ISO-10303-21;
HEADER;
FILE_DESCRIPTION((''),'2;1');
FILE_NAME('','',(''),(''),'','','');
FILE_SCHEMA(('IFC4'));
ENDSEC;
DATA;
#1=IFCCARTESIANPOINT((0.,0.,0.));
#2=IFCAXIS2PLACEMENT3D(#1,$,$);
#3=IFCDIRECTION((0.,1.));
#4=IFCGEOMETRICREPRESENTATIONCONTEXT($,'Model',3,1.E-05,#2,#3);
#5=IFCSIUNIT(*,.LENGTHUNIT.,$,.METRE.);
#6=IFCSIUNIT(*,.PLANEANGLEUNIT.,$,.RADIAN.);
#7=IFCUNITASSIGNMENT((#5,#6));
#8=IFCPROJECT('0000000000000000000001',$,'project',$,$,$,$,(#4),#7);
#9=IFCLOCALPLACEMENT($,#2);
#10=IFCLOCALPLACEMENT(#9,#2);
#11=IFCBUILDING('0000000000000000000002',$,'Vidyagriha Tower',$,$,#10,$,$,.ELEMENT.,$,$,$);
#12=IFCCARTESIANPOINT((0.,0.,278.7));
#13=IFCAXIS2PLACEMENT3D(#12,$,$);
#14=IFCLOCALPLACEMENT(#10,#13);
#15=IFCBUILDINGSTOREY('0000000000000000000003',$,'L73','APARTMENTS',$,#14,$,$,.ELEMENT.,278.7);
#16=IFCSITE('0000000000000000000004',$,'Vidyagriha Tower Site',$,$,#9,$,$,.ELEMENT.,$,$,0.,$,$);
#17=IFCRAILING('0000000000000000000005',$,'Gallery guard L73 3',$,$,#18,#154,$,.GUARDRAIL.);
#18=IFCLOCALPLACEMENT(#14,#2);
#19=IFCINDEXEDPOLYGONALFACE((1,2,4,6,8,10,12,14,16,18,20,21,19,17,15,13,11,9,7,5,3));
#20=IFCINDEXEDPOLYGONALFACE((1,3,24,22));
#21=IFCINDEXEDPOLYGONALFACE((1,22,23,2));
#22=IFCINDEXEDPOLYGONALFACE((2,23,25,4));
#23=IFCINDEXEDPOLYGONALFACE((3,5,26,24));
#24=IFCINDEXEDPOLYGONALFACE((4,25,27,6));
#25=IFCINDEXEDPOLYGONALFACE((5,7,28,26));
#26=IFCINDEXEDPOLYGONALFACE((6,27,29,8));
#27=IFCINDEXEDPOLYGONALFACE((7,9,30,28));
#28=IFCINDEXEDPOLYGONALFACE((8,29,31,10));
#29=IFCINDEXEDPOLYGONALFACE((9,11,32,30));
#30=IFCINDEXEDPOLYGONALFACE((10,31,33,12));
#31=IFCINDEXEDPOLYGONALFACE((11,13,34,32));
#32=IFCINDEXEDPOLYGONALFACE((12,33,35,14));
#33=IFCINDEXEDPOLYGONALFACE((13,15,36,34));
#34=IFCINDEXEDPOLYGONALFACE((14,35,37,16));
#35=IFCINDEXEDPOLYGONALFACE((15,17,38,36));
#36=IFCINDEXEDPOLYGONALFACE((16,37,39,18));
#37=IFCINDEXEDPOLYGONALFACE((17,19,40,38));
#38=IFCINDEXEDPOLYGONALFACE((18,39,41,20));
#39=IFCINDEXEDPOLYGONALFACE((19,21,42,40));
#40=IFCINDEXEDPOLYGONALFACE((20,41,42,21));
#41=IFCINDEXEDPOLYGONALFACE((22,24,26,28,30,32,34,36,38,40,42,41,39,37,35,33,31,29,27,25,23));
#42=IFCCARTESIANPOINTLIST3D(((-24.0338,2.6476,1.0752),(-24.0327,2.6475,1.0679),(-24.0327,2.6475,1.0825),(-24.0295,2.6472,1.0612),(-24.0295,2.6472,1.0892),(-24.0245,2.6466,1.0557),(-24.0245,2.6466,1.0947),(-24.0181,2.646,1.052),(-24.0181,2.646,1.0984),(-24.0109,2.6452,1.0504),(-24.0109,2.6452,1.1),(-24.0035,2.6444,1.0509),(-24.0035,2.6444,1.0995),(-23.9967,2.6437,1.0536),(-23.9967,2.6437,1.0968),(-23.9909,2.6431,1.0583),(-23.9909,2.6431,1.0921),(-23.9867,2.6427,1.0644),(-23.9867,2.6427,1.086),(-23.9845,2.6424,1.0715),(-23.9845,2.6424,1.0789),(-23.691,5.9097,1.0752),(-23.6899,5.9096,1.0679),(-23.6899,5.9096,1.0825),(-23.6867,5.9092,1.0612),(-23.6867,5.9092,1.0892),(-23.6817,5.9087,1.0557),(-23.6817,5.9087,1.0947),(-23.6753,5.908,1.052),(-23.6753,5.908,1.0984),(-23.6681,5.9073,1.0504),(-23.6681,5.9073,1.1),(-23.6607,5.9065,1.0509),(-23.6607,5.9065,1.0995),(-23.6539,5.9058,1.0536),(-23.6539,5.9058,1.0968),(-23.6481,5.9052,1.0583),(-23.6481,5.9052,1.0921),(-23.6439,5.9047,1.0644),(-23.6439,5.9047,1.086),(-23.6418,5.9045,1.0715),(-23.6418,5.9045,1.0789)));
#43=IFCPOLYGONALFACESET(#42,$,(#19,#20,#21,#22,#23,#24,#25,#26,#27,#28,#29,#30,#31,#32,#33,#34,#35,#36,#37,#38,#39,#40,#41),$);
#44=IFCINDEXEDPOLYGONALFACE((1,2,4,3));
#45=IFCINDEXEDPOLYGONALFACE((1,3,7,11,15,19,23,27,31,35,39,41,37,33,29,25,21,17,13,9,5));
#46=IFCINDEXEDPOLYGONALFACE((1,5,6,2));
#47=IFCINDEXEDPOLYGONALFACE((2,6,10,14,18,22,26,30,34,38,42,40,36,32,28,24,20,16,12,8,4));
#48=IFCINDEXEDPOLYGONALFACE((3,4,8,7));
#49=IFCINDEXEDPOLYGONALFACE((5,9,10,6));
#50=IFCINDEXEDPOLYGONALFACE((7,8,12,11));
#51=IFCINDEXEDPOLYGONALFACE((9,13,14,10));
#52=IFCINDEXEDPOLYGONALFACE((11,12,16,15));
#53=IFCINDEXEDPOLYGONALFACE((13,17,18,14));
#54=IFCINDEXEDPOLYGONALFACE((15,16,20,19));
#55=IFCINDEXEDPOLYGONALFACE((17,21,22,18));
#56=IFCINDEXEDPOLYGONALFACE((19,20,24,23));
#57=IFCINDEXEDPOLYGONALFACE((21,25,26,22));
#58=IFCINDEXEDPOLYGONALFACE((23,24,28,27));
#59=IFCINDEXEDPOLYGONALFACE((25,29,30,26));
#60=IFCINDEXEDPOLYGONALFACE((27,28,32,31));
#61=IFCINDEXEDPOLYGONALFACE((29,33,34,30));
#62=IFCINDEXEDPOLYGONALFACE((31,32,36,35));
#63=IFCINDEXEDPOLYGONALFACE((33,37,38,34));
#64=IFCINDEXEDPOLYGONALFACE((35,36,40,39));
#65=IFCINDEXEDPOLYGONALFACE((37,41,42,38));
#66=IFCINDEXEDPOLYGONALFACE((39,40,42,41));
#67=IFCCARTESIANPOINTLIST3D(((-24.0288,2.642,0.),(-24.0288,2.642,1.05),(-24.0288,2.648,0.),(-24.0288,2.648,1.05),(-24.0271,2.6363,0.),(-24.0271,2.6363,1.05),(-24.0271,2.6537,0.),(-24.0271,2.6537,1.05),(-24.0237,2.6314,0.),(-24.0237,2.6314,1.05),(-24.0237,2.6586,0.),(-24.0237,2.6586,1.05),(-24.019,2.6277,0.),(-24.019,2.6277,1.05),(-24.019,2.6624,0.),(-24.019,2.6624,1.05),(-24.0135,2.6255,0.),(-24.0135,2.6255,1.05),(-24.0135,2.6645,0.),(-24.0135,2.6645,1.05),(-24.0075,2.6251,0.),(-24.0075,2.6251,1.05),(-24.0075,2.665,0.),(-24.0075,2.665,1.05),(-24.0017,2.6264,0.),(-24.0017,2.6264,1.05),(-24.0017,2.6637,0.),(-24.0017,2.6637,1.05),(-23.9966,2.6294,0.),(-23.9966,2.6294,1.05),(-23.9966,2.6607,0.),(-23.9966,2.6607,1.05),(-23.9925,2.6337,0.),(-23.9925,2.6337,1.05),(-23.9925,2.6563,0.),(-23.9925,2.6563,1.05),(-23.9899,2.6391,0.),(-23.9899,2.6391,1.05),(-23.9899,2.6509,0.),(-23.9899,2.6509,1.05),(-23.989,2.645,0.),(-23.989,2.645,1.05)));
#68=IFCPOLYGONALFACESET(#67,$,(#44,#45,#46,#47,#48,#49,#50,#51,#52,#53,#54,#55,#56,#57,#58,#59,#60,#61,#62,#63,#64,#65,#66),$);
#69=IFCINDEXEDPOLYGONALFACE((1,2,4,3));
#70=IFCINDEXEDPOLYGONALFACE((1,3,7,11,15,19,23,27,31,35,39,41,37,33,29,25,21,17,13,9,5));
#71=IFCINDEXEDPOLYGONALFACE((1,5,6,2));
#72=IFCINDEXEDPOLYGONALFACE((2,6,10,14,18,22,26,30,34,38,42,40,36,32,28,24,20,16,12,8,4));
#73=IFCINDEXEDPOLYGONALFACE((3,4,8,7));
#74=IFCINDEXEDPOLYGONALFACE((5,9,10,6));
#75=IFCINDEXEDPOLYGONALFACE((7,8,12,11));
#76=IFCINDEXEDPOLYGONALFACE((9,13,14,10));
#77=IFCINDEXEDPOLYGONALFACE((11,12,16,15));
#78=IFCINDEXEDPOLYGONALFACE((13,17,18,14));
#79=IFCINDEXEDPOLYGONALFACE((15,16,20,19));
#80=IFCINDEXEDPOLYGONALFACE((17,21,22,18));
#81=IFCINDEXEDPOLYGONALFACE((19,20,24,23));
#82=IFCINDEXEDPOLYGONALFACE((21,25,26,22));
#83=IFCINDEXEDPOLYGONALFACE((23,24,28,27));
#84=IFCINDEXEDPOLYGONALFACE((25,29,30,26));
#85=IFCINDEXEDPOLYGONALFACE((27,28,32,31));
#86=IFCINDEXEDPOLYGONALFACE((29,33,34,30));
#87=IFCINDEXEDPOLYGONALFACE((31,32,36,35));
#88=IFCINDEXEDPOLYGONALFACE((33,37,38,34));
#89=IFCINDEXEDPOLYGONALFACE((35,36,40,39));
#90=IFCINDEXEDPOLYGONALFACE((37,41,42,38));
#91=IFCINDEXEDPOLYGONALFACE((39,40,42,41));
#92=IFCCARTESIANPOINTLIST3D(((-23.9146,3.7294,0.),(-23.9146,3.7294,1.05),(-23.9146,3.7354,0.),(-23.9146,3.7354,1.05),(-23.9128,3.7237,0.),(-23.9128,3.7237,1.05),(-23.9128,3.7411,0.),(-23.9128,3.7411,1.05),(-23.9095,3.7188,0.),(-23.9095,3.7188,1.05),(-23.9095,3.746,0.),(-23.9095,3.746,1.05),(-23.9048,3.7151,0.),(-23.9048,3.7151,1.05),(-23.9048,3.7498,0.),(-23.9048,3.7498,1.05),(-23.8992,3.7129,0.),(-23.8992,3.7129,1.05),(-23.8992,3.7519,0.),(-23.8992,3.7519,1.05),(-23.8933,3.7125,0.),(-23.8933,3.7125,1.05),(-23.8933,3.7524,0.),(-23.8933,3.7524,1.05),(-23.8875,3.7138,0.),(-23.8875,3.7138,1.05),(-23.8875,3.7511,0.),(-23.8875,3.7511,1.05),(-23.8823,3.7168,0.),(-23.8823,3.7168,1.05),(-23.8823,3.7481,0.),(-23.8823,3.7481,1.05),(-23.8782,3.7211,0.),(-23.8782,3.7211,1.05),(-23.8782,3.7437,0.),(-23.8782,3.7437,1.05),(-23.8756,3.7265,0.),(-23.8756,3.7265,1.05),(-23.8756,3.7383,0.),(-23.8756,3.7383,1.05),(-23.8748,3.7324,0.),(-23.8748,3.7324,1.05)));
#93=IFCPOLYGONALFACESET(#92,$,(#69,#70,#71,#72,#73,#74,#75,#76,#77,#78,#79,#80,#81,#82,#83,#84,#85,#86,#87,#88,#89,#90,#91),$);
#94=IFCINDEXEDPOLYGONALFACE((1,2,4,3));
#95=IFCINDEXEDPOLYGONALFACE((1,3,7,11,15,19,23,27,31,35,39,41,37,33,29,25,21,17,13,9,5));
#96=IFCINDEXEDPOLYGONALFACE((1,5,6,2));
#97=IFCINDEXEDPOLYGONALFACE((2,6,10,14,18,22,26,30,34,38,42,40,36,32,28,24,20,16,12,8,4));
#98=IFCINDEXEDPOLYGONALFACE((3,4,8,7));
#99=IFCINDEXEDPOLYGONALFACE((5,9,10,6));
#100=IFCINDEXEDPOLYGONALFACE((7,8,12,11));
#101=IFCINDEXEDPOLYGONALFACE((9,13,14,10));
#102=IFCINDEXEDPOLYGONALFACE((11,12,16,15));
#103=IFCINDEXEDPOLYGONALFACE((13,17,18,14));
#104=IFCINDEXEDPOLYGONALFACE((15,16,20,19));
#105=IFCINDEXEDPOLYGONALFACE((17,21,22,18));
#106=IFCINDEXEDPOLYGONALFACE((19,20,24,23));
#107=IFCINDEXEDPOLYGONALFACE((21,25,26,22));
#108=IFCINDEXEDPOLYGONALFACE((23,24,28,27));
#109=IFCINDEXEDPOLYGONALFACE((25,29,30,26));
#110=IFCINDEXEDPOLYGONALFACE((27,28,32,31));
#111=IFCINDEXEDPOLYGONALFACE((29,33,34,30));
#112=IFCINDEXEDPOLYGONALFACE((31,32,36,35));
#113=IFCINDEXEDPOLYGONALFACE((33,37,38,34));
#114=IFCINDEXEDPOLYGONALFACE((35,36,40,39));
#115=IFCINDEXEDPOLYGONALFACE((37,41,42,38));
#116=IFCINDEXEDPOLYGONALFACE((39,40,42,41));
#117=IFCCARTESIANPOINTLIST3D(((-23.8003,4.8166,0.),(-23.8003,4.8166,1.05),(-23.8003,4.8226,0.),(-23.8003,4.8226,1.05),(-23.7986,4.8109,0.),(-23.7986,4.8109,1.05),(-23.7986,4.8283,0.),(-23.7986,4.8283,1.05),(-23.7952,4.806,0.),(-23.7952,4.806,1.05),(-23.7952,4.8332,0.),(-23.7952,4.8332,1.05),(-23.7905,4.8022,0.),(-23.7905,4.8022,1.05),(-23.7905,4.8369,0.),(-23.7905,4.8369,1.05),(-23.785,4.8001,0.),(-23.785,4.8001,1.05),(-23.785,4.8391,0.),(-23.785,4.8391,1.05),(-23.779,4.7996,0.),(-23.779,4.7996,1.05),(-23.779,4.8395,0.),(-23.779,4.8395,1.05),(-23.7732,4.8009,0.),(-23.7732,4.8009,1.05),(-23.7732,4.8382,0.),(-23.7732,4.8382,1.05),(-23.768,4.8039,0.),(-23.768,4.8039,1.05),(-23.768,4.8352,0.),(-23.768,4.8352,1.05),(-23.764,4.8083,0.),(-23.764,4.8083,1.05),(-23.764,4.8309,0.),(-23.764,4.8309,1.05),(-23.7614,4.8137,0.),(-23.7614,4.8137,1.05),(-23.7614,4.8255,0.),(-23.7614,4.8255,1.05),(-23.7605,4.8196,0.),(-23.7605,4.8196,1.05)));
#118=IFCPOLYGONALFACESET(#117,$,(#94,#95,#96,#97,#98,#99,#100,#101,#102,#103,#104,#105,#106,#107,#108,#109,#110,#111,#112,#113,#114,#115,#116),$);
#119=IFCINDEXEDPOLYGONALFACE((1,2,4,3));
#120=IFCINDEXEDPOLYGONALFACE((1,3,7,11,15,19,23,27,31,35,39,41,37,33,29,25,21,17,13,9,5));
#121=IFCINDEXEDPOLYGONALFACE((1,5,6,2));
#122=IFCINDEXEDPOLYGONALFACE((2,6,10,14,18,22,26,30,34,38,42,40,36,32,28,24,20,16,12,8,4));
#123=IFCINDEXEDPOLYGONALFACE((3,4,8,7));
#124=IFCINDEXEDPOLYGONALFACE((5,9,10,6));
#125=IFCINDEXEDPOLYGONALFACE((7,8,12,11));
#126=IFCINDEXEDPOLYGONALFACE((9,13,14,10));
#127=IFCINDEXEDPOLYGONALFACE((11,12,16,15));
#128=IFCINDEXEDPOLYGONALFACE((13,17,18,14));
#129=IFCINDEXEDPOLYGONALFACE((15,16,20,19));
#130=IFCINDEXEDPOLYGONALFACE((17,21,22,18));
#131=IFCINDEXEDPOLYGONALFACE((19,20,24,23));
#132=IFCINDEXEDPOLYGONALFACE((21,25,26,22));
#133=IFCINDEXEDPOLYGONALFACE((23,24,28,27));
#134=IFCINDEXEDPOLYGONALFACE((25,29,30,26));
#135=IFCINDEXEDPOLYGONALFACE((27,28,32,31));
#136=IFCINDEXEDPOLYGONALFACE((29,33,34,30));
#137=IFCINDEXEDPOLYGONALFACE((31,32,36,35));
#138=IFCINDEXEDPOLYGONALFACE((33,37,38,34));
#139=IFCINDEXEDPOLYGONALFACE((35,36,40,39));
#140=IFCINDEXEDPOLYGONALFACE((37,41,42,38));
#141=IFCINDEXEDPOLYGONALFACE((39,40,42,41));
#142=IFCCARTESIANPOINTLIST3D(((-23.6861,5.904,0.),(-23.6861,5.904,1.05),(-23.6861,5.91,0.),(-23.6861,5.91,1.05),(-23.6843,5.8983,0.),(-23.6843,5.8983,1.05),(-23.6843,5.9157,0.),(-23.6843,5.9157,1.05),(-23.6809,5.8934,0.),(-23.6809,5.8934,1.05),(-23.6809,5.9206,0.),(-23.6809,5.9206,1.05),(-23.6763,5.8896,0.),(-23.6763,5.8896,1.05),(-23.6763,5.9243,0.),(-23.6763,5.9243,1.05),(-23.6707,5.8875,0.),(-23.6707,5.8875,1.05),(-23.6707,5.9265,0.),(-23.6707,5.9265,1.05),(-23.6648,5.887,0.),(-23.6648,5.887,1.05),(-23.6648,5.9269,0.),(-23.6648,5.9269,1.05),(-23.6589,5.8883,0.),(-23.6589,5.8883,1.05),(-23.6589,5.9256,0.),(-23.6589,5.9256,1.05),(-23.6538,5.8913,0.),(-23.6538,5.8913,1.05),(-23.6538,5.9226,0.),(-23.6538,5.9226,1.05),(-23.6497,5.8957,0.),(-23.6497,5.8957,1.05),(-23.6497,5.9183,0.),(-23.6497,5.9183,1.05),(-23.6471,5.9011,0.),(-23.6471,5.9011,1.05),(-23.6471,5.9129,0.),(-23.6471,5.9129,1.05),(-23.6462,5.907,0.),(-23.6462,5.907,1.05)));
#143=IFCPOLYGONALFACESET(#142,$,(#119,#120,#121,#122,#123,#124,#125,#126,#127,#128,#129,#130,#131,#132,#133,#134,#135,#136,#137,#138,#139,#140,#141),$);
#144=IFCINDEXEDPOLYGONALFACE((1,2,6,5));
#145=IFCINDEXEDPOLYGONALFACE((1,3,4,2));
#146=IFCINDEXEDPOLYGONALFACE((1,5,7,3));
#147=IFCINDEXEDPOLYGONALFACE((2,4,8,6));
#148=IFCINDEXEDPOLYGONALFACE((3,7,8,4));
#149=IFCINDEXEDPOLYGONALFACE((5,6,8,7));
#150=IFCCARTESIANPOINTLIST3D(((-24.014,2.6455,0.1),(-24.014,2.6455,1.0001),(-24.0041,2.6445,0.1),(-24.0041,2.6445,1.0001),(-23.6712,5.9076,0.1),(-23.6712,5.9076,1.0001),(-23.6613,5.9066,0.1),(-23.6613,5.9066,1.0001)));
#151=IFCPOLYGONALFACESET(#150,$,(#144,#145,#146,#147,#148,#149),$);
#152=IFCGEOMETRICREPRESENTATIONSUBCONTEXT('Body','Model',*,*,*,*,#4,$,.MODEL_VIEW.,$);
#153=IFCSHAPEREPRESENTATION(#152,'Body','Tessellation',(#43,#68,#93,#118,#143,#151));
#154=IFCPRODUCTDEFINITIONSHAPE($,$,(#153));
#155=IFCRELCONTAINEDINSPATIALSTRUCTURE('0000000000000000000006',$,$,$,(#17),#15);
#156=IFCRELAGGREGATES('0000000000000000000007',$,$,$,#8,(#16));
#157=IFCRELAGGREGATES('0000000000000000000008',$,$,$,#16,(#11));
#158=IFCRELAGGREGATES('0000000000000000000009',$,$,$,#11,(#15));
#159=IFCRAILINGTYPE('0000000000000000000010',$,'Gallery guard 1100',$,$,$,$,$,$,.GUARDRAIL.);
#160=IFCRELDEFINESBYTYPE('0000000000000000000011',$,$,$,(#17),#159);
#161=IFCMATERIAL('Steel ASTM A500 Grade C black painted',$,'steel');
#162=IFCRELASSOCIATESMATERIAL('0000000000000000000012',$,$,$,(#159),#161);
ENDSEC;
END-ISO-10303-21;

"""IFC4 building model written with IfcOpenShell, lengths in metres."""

from ifc_helpers import new_model, si_unit, direction, frame, origin, origin_2d, place, context, subcontext, project, spatial, rectangle, circle, extrude, material, type_object, element, save


model = new_model("IFC4")

# Units and contexts
model_context = context("Model", 3, precision=1e-05, world=origin(), true_north=direction((0.0, 1.0)))
body_context = subcontext(model_context, "Body", "Model", "MODEL_VIEW")
ifc_project = project(units=[si_unit("LENGTHUNIT", "METRE"), si_unit("PLANEANGLEUNIT", "RADIAN")], contexts=[model_context])

# Site, building, storey
site_placement = place(None, origin())
site = spatial("IfcSite", under=ifc_project, at=site_placement, Name="Vidyagriha Tower Site", CompositionType="ELEMENT", RefElevation=0.0)
building_placement = place(site_placement, origin())
building = spatial("IfcBuilding", under=site, at=building_placement, Name="Vidyagriha Tower", CompositionType="ELEMENT")
storey_placement = place(building_placement, frame((0.0, 0.0, 278.7)))
storey = spatial("IfcBuildingStorey", under=building, at=storey_placement, Name="L73", Description="APARTMENTS", CompositionType="ELEMENT", Elevation=278.7)

# Railing
ifc_material_1 = material(Name="Steel ASTM A500 Grade C black painted", Category="steel")
railing_type_1 = type_object("IfcRailingType", Name="Gallery guard 1100", PredefinedType="GUARDRAIL", material=ifc_material_1)
railing_1_placement = place(storey_placement, frame((-24.009, 2.645, 0.0)))
element("IfcRailing", 1, at=railing_1_placement, inside=storey, type_object=railing_type_1, Name="Gallery guard L73 3", PredefinedType="GUARDRAIL", context=body_context, shape_type="SweptSolid", body=[
    extrude(circle(Radius=0.0249, at=origin_2d()), frame((0.0, 0.0, 1.0752), z_axis=(0.104507, 0.994524, 0.0), x_axis=(-0.994524, 0.104507, 0.0)), (0.0, 0.0, 1.0), 3.28),
    extrude(circle(Radius=0.02, at=origin_2d()), origin(), (0.0, 0.0, 1.0), 1.05),
    extrude(circle(Radius=0.02, at=origin_2d()), frame((0.1143, 1.0874, 0.0)), (0.0, 0.0, 1.0), 1.05),
    extrude(circle(Radius=0.02, at=origin_2d()), frame((0.2285, 2.1746, 0.0)), (0.0, 0.0, 1.0), 1.05),
    extrude(circle(Radius=0.02, at=origin_2d()), frame((0.3428, 3.262, 0.0)), (0.0, 0.0, 1.0), 1.05),
    extrude(rectangle(XDim=0.01, YDim=0.9001, at=origin_2d()), frame((0.0, 0.0, 0.55), z_axis=(0.104507, 0.994524, 0.0), x_axis=(-0.994524, 0.104507, 0.0)), (0.0, 0.0, 1.0), 3.28),
])

save(model, "model.ifc")
